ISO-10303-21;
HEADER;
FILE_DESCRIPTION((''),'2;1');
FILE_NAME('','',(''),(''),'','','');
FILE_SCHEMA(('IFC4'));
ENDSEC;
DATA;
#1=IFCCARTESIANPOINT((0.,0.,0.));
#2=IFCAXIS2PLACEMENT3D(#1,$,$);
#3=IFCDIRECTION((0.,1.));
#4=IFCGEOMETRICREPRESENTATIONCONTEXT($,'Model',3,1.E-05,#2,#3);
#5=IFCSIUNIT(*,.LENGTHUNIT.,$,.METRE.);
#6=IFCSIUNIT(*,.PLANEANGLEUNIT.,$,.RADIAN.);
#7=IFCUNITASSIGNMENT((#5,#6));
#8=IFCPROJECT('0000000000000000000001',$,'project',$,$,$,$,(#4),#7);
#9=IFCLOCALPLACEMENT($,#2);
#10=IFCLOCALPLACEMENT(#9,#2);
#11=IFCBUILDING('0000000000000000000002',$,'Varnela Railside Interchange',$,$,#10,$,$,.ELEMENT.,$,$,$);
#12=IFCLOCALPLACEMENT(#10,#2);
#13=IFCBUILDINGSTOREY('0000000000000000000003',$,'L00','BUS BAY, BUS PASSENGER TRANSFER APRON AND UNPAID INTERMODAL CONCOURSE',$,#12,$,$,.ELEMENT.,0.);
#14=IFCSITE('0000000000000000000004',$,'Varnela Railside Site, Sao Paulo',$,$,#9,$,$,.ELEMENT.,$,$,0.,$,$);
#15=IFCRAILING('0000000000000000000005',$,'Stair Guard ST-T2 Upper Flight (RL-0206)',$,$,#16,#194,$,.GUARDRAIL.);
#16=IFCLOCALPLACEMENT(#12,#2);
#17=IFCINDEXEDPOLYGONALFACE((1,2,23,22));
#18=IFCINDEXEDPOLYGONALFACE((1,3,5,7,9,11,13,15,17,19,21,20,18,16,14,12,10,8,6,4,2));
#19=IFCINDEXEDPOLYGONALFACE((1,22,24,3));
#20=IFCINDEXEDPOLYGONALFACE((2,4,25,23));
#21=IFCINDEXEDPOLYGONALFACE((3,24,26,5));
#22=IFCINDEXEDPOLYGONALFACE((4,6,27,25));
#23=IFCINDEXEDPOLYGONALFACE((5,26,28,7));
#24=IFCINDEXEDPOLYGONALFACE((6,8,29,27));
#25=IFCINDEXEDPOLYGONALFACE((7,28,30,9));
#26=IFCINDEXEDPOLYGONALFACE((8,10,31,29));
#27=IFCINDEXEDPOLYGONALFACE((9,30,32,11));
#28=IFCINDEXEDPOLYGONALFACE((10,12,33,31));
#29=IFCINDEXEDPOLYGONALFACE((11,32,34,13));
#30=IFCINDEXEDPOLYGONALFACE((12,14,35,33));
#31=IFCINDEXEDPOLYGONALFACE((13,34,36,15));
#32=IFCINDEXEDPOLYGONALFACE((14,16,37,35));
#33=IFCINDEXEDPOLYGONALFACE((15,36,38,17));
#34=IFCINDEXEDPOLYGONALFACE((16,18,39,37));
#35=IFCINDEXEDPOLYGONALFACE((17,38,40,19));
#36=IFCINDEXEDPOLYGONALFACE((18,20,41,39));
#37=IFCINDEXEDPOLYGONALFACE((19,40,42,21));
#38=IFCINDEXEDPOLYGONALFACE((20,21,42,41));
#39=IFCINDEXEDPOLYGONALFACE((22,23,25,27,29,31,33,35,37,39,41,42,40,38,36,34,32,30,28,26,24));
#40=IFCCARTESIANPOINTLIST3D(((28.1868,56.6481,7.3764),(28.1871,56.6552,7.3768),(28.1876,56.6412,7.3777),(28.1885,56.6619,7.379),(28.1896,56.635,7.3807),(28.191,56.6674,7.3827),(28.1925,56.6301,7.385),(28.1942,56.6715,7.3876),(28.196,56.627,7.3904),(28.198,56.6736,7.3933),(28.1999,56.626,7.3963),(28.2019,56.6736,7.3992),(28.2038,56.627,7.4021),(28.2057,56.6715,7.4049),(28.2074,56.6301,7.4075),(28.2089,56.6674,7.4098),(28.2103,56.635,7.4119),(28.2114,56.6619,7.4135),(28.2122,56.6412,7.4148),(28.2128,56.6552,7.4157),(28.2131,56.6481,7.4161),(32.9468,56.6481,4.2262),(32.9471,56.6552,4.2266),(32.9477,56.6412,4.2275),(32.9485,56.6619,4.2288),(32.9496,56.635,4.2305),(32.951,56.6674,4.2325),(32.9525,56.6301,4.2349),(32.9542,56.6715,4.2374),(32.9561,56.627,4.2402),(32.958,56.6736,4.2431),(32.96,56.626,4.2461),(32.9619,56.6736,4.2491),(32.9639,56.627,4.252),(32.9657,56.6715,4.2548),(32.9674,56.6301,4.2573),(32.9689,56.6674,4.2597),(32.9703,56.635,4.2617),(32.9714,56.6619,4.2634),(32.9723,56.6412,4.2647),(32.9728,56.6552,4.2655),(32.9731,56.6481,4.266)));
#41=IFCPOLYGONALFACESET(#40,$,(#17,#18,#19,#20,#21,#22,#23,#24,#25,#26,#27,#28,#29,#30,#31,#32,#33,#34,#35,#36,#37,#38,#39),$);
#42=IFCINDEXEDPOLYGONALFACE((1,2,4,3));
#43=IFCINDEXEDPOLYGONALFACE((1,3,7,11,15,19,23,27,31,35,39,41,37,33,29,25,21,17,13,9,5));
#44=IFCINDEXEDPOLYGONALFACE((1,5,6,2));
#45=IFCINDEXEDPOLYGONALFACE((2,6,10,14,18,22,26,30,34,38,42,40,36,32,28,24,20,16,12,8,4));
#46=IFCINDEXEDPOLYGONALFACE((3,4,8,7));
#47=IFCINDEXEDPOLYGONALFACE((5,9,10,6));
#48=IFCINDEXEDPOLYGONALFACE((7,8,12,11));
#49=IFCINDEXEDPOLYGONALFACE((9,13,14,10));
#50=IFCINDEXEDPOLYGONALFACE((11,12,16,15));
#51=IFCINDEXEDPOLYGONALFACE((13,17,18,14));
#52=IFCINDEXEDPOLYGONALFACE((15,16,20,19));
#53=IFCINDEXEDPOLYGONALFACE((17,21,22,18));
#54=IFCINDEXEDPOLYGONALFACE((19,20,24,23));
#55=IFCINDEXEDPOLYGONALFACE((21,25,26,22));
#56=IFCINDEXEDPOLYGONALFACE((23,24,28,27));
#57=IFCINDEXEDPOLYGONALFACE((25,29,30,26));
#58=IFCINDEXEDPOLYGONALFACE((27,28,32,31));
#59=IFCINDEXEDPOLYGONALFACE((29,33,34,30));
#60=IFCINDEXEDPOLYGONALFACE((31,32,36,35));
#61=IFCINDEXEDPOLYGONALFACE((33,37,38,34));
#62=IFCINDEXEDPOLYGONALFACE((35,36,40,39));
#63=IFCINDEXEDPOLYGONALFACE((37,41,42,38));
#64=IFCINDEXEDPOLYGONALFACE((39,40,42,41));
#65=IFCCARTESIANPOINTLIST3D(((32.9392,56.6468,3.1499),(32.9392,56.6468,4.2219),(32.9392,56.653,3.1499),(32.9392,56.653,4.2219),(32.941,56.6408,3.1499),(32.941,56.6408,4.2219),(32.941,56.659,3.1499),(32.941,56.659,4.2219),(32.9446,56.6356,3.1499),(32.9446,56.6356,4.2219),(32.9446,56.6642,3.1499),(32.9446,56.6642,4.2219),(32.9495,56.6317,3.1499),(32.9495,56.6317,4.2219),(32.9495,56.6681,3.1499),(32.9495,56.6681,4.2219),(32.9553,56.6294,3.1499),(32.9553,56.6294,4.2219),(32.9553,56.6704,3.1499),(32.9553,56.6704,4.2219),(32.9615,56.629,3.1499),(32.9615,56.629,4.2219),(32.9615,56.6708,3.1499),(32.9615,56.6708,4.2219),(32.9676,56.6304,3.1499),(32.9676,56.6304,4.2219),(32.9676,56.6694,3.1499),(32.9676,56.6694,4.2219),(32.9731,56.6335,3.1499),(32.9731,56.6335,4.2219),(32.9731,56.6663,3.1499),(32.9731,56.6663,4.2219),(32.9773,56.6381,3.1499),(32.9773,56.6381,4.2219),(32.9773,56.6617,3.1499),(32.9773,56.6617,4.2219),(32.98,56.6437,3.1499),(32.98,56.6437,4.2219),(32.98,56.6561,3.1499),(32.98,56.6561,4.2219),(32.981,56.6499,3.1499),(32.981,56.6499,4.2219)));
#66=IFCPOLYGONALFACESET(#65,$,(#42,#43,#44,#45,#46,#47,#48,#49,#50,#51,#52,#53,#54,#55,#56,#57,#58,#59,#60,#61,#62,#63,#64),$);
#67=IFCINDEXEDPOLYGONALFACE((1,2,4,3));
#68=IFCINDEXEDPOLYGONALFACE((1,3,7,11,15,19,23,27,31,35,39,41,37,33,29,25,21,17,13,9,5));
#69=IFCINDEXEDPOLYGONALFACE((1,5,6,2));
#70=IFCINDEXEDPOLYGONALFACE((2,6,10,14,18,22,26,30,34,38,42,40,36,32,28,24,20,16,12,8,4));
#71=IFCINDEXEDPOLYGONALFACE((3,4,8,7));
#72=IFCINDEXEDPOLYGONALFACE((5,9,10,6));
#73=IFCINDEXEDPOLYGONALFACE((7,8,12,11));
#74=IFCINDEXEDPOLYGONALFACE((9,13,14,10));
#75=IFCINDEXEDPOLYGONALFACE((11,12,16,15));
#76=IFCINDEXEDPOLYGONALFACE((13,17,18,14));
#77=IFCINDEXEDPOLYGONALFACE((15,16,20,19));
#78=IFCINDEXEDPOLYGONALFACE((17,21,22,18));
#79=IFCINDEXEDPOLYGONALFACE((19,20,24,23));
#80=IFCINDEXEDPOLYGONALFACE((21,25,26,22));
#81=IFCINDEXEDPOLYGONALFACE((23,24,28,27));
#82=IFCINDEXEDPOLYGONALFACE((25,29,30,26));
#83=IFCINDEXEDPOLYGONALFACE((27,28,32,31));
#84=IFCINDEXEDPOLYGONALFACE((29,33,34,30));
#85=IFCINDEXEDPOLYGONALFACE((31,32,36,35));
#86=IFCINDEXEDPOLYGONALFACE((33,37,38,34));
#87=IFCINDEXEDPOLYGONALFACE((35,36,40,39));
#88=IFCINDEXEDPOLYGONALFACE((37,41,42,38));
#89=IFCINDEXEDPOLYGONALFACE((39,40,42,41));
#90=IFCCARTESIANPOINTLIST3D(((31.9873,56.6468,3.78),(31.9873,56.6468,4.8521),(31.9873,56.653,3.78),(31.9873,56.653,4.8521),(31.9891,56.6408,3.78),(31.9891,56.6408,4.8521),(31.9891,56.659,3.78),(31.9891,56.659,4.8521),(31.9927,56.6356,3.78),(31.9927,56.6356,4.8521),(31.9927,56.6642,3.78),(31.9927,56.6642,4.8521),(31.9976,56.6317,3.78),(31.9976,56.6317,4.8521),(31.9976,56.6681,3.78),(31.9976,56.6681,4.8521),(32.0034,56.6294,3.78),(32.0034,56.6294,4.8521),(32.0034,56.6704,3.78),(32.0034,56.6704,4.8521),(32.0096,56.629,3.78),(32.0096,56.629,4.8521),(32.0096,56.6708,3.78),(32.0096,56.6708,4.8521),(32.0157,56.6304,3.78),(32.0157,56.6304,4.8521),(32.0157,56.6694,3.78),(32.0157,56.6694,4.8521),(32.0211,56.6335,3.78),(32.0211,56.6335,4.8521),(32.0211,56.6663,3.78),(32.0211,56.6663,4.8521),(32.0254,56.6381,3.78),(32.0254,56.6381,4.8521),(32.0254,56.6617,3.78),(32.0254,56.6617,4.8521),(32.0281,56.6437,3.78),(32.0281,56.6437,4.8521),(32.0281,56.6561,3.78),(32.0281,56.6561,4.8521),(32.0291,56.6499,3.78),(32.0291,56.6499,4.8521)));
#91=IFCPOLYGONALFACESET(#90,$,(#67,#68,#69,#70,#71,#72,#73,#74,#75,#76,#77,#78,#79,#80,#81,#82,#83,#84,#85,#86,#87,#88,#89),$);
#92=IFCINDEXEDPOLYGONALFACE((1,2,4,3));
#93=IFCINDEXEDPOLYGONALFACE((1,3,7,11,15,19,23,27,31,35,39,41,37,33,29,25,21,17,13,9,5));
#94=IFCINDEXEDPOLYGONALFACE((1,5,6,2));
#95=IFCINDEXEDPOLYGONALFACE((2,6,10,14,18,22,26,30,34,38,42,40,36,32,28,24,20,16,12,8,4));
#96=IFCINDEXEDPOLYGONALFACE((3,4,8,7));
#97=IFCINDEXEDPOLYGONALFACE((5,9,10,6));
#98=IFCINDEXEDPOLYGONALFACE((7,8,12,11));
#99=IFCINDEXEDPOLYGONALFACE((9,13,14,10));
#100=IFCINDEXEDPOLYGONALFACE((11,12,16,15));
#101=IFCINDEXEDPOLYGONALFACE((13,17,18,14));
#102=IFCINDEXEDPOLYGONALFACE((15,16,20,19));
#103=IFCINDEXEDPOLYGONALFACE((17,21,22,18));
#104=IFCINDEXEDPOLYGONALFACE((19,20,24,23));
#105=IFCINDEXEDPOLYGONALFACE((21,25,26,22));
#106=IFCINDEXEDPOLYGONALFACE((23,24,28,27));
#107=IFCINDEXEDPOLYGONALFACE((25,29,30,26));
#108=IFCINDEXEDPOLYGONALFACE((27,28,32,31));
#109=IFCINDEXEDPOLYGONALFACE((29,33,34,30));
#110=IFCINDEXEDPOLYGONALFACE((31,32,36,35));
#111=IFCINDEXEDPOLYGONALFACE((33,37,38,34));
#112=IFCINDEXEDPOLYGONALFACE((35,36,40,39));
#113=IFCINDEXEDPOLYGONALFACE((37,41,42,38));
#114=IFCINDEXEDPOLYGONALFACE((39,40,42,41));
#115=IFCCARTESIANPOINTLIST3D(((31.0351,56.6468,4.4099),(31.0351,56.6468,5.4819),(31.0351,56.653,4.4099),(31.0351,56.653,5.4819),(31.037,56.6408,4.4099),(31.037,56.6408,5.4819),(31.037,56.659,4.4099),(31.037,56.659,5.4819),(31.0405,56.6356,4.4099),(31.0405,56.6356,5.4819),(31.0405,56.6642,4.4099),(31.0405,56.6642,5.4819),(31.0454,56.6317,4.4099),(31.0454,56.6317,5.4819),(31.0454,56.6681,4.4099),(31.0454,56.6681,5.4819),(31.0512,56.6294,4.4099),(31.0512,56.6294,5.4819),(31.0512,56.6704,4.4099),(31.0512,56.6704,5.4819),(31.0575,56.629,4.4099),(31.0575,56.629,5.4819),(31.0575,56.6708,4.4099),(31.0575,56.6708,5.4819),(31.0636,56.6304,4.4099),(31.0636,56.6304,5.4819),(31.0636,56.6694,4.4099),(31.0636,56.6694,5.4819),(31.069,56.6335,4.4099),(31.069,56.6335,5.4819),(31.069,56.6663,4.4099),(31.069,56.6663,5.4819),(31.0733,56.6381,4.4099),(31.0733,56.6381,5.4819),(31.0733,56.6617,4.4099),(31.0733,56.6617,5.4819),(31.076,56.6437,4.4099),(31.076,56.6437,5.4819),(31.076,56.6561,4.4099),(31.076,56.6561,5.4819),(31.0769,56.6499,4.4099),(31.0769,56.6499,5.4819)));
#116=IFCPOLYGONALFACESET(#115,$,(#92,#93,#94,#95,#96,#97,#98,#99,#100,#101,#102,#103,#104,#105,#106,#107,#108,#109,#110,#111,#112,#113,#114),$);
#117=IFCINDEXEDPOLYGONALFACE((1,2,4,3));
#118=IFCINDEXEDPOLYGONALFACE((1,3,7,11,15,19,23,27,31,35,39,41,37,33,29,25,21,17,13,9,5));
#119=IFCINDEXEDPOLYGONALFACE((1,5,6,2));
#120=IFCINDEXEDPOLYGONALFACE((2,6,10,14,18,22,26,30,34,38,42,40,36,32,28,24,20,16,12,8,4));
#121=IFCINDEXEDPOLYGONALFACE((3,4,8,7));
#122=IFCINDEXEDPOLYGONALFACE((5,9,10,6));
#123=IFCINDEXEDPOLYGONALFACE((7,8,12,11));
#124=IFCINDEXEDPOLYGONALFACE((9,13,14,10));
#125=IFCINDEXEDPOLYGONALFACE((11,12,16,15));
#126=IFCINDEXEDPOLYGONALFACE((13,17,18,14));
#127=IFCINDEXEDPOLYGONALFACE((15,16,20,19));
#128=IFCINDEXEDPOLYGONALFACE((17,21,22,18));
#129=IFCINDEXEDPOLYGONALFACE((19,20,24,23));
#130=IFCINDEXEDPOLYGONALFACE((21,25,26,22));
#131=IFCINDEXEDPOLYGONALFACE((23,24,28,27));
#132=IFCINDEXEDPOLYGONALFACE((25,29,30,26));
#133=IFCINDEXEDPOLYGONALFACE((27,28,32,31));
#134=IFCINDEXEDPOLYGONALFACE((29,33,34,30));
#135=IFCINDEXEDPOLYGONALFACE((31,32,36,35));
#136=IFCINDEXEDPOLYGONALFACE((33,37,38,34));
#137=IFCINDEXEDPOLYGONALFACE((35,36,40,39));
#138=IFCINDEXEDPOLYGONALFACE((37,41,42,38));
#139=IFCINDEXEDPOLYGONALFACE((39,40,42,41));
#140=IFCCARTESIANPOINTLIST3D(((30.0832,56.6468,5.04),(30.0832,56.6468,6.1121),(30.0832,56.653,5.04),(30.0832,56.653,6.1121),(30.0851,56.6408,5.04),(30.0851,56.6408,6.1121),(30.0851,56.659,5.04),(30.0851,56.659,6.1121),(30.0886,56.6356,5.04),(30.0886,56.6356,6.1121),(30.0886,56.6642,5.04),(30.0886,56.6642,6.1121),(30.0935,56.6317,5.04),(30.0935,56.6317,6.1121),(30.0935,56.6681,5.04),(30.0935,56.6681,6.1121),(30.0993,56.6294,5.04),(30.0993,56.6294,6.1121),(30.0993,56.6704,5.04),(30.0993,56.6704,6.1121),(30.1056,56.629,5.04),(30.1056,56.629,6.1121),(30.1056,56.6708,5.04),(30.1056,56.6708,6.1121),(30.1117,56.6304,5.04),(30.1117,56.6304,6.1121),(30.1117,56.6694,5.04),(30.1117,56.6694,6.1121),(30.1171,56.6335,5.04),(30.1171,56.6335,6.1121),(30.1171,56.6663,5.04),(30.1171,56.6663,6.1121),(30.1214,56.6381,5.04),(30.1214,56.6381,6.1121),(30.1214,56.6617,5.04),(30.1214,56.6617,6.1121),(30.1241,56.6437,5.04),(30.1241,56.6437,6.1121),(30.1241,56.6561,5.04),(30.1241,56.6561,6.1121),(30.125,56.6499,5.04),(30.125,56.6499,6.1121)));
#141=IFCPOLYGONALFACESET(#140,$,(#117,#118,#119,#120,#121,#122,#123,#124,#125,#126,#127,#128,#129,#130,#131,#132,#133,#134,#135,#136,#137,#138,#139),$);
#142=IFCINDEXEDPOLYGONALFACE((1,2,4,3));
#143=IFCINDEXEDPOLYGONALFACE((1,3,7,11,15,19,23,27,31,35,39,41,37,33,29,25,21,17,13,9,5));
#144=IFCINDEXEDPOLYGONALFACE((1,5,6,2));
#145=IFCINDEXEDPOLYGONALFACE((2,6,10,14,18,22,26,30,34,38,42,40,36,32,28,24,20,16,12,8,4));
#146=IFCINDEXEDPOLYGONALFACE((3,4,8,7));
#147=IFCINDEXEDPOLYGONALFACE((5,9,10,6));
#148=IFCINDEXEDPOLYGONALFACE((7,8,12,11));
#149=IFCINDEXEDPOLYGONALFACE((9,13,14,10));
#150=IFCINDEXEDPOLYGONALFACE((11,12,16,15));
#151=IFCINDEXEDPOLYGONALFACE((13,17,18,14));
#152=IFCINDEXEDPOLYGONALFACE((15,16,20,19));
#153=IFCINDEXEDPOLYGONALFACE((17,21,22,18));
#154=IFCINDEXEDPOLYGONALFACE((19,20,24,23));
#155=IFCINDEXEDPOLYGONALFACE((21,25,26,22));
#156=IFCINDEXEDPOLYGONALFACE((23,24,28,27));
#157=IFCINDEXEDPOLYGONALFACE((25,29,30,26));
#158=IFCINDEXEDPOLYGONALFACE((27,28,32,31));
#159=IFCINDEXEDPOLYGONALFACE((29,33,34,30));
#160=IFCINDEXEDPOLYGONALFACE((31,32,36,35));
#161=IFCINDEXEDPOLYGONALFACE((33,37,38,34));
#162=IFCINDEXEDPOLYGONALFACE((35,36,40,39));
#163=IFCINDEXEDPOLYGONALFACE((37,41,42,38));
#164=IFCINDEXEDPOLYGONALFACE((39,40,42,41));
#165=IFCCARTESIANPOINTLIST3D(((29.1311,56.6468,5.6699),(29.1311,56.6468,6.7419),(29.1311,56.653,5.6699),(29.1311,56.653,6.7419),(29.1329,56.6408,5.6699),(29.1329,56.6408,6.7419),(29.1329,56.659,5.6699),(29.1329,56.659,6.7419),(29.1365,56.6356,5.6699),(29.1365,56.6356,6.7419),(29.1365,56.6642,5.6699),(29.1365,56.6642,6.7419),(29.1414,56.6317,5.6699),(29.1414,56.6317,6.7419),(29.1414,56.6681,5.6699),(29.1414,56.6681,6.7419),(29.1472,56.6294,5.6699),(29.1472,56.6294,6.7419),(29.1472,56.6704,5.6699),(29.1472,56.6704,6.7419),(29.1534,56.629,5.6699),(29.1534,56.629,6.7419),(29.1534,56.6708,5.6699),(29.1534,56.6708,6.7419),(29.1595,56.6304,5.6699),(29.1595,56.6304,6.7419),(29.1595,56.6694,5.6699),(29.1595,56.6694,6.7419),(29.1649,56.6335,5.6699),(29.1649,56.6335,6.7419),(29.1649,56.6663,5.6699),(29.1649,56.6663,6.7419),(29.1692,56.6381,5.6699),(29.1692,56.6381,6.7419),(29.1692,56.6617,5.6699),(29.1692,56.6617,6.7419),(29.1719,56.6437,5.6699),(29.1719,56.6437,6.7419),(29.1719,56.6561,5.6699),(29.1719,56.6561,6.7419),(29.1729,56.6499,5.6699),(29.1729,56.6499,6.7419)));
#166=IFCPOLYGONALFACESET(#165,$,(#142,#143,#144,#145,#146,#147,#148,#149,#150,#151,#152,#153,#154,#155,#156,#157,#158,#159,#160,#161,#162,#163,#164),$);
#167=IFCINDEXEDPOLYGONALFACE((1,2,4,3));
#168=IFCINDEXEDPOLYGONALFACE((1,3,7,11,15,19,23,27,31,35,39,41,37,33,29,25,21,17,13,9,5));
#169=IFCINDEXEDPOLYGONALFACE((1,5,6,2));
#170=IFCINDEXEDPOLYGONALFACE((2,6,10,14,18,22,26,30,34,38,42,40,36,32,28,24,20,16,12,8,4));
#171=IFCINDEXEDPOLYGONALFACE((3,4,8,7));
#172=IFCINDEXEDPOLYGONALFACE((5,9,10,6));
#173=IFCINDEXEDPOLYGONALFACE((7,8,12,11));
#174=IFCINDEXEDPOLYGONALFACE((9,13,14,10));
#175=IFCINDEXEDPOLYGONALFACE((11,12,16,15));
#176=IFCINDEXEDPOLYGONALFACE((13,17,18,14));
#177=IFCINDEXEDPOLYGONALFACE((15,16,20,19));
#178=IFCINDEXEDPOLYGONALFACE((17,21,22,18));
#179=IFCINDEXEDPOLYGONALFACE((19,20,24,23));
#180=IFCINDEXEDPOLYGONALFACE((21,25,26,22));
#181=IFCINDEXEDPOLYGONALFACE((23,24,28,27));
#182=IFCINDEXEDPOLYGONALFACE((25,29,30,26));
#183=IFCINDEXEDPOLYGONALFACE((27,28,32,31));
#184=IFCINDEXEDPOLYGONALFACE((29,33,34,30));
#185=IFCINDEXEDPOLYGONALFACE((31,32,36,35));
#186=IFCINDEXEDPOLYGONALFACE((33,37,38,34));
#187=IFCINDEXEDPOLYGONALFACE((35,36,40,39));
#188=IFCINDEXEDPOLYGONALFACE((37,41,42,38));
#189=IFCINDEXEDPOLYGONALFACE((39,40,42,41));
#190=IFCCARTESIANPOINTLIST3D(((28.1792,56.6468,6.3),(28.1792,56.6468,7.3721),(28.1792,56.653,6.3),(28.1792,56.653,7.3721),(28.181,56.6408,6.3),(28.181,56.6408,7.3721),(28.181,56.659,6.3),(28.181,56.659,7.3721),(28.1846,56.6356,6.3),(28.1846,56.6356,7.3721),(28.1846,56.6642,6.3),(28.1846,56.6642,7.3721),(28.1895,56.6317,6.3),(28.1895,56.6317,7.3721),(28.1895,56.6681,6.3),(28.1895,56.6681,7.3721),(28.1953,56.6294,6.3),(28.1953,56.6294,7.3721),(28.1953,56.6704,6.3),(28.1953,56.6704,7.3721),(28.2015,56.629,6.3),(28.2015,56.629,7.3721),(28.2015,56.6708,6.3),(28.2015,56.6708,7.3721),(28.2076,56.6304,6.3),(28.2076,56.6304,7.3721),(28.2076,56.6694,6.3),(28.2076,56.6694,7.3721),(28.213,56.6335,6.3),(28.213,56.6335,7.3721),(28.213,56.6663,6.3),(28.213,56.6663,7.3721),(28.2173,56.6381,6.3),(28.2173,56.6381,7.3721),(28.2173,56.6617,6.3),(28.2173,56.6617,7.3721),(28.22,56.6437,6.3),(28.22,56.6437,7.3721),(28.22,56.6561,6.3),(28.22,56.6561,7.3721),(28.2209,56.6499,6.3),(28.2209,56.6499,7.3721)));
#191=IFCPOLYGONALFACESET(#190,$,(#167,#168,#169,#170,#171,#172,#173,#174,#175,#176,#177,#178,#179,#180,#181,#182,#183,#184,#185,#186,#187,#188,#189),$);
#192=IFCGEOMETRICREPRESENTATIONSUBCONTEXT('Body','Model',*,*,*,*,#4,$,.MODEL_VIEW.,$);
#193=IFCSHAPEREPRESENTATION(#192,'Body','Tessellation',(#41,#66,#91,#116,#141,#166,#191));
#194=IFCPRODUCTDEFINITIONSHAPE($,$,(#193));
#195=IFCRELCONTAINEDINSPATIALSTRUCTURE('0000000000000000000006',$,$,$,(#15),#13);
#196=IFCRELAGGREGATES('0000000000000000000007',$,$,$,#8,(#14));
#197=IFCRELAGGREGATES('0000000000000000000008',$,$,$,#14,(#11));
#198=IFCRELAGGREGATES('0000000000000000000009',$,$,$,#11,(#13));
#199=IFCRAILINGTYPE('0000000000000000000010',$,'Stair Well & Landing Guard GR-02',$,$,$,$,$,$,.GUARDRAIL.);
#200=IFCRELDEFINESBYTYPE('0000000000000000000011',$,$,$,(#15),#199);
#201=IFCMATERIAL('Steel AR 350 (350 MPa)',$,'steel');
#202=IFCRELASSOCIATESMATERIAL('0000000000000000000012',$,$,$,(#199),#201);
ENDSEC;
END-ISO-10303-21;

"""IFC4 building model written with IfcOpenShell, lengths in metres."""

from ifc_helpers import new_model, si_unit, direction, frame, origin, origin_2d, place, context, subcontext, project, spatial, circle, extrude, material, type_object, element, save


model = new_model("IFC4")

# Units and contexts
model_context = context("Model", 3, precision=1e-05, world=origin(), true_north=direction((0.0, 1.0)))
body_context = subcontext(model_context, "Body", "Model", "MODEL_VIEW")
ifc_project = project(units=[si_unit("LENGTHUNIT", "METRE"), si_unit("PLANEANGLEUNIT", "RADIAN")], contexts=[model_context])

# Site, building, storey
site_placement = place(None, origin())
site = spatial("IfcSite", under=ifc_project, at=site_placement, Name="Varnela Railside Site, Sao Paulo", CompositionType="ELEMENT", RefElevation=0.0)
building_placement = place(site_placement, origin())
building = spatial("IfcBuilding", under=site, at=building_placement, Name="Varnela Railside Interchange", CompositionType="ELEMENT")
storey_placement = place(building_placement, origin())
storey = spatial("IfcBuildingStorey", under=building, at=storey_placement, Name="L00", Description="BUS BAY, BUS PASSENGER TRANSFER APRON AND UNPAID INTERMODAL CONCOURSE", CompositionType="ELEMENT", Elevation=0.0)

# Shared definitions
ifc_material_1 = material(Name="Steel AR 350 (350 MPa)", Category="steel")

# Railing
railing_type_1 = type_object("IfcRailingType", Name="Stair Well & Landing Guard GR-02", PredefinedType="GUARDRAIL", material=ifc_material_1)
railing_1_placement = place(storey_placement, frame((32.96, 56.6499, 3.1499)))
element("IfcRailing", 1, at=railing_1_placement, inside=storey, type_object=railing_type_1, Name="Stair Guard ST-T2 Upper Flight (RL-0206)", PredefinedType="GUARDRAIL", context=body_context, shape_type="SweptSolid", body=[
    extrude(circle(Radius=0.0239, at=origin_2d()), frame((0.0, 0.0, 1.0962), z_axis=(-0.833921, 0.0, 0.551884), x_axis=(0.0, -1.0, 0.0)), (0.0, 0.0, 1.0), 5.708),
    extrude(circle(Radius=0.021, at=origin_2d()), origin(), (0.0, 0.0, 1.0), 1.072),
    extrude(circle(Radius=0.021, at=origin_2d()), frame((-0.9519, 0.0, 0.6301)), (0.0, 0.0, 1.0), 1.072),
    extrude(circle(Radius=0.021, at=origin_2d()), frame((-1.9041, 0.0, 1.26)), (0.0, 0.0, 1.0), 1.072),
    extrude(circle(Radius=0.021, at=origin_2d()), frame((-2.856, 0.0, 1.8901)), (0.0, 0.0, 1.0), 1.072),
    extrude(circle(Radius=0.021, at=origin_2d()), frame((-3.8081, 0.0, 2.52)), (0.0, 0.0, 1.0), 1.072),
    extrude(circle(Radius=0.021, at=origin_2d()), frame((-4.76, 0.0, 3.1501)), (0.0, 0.0, 1.0), 1.072),
])

save(model, "model.ifc")
